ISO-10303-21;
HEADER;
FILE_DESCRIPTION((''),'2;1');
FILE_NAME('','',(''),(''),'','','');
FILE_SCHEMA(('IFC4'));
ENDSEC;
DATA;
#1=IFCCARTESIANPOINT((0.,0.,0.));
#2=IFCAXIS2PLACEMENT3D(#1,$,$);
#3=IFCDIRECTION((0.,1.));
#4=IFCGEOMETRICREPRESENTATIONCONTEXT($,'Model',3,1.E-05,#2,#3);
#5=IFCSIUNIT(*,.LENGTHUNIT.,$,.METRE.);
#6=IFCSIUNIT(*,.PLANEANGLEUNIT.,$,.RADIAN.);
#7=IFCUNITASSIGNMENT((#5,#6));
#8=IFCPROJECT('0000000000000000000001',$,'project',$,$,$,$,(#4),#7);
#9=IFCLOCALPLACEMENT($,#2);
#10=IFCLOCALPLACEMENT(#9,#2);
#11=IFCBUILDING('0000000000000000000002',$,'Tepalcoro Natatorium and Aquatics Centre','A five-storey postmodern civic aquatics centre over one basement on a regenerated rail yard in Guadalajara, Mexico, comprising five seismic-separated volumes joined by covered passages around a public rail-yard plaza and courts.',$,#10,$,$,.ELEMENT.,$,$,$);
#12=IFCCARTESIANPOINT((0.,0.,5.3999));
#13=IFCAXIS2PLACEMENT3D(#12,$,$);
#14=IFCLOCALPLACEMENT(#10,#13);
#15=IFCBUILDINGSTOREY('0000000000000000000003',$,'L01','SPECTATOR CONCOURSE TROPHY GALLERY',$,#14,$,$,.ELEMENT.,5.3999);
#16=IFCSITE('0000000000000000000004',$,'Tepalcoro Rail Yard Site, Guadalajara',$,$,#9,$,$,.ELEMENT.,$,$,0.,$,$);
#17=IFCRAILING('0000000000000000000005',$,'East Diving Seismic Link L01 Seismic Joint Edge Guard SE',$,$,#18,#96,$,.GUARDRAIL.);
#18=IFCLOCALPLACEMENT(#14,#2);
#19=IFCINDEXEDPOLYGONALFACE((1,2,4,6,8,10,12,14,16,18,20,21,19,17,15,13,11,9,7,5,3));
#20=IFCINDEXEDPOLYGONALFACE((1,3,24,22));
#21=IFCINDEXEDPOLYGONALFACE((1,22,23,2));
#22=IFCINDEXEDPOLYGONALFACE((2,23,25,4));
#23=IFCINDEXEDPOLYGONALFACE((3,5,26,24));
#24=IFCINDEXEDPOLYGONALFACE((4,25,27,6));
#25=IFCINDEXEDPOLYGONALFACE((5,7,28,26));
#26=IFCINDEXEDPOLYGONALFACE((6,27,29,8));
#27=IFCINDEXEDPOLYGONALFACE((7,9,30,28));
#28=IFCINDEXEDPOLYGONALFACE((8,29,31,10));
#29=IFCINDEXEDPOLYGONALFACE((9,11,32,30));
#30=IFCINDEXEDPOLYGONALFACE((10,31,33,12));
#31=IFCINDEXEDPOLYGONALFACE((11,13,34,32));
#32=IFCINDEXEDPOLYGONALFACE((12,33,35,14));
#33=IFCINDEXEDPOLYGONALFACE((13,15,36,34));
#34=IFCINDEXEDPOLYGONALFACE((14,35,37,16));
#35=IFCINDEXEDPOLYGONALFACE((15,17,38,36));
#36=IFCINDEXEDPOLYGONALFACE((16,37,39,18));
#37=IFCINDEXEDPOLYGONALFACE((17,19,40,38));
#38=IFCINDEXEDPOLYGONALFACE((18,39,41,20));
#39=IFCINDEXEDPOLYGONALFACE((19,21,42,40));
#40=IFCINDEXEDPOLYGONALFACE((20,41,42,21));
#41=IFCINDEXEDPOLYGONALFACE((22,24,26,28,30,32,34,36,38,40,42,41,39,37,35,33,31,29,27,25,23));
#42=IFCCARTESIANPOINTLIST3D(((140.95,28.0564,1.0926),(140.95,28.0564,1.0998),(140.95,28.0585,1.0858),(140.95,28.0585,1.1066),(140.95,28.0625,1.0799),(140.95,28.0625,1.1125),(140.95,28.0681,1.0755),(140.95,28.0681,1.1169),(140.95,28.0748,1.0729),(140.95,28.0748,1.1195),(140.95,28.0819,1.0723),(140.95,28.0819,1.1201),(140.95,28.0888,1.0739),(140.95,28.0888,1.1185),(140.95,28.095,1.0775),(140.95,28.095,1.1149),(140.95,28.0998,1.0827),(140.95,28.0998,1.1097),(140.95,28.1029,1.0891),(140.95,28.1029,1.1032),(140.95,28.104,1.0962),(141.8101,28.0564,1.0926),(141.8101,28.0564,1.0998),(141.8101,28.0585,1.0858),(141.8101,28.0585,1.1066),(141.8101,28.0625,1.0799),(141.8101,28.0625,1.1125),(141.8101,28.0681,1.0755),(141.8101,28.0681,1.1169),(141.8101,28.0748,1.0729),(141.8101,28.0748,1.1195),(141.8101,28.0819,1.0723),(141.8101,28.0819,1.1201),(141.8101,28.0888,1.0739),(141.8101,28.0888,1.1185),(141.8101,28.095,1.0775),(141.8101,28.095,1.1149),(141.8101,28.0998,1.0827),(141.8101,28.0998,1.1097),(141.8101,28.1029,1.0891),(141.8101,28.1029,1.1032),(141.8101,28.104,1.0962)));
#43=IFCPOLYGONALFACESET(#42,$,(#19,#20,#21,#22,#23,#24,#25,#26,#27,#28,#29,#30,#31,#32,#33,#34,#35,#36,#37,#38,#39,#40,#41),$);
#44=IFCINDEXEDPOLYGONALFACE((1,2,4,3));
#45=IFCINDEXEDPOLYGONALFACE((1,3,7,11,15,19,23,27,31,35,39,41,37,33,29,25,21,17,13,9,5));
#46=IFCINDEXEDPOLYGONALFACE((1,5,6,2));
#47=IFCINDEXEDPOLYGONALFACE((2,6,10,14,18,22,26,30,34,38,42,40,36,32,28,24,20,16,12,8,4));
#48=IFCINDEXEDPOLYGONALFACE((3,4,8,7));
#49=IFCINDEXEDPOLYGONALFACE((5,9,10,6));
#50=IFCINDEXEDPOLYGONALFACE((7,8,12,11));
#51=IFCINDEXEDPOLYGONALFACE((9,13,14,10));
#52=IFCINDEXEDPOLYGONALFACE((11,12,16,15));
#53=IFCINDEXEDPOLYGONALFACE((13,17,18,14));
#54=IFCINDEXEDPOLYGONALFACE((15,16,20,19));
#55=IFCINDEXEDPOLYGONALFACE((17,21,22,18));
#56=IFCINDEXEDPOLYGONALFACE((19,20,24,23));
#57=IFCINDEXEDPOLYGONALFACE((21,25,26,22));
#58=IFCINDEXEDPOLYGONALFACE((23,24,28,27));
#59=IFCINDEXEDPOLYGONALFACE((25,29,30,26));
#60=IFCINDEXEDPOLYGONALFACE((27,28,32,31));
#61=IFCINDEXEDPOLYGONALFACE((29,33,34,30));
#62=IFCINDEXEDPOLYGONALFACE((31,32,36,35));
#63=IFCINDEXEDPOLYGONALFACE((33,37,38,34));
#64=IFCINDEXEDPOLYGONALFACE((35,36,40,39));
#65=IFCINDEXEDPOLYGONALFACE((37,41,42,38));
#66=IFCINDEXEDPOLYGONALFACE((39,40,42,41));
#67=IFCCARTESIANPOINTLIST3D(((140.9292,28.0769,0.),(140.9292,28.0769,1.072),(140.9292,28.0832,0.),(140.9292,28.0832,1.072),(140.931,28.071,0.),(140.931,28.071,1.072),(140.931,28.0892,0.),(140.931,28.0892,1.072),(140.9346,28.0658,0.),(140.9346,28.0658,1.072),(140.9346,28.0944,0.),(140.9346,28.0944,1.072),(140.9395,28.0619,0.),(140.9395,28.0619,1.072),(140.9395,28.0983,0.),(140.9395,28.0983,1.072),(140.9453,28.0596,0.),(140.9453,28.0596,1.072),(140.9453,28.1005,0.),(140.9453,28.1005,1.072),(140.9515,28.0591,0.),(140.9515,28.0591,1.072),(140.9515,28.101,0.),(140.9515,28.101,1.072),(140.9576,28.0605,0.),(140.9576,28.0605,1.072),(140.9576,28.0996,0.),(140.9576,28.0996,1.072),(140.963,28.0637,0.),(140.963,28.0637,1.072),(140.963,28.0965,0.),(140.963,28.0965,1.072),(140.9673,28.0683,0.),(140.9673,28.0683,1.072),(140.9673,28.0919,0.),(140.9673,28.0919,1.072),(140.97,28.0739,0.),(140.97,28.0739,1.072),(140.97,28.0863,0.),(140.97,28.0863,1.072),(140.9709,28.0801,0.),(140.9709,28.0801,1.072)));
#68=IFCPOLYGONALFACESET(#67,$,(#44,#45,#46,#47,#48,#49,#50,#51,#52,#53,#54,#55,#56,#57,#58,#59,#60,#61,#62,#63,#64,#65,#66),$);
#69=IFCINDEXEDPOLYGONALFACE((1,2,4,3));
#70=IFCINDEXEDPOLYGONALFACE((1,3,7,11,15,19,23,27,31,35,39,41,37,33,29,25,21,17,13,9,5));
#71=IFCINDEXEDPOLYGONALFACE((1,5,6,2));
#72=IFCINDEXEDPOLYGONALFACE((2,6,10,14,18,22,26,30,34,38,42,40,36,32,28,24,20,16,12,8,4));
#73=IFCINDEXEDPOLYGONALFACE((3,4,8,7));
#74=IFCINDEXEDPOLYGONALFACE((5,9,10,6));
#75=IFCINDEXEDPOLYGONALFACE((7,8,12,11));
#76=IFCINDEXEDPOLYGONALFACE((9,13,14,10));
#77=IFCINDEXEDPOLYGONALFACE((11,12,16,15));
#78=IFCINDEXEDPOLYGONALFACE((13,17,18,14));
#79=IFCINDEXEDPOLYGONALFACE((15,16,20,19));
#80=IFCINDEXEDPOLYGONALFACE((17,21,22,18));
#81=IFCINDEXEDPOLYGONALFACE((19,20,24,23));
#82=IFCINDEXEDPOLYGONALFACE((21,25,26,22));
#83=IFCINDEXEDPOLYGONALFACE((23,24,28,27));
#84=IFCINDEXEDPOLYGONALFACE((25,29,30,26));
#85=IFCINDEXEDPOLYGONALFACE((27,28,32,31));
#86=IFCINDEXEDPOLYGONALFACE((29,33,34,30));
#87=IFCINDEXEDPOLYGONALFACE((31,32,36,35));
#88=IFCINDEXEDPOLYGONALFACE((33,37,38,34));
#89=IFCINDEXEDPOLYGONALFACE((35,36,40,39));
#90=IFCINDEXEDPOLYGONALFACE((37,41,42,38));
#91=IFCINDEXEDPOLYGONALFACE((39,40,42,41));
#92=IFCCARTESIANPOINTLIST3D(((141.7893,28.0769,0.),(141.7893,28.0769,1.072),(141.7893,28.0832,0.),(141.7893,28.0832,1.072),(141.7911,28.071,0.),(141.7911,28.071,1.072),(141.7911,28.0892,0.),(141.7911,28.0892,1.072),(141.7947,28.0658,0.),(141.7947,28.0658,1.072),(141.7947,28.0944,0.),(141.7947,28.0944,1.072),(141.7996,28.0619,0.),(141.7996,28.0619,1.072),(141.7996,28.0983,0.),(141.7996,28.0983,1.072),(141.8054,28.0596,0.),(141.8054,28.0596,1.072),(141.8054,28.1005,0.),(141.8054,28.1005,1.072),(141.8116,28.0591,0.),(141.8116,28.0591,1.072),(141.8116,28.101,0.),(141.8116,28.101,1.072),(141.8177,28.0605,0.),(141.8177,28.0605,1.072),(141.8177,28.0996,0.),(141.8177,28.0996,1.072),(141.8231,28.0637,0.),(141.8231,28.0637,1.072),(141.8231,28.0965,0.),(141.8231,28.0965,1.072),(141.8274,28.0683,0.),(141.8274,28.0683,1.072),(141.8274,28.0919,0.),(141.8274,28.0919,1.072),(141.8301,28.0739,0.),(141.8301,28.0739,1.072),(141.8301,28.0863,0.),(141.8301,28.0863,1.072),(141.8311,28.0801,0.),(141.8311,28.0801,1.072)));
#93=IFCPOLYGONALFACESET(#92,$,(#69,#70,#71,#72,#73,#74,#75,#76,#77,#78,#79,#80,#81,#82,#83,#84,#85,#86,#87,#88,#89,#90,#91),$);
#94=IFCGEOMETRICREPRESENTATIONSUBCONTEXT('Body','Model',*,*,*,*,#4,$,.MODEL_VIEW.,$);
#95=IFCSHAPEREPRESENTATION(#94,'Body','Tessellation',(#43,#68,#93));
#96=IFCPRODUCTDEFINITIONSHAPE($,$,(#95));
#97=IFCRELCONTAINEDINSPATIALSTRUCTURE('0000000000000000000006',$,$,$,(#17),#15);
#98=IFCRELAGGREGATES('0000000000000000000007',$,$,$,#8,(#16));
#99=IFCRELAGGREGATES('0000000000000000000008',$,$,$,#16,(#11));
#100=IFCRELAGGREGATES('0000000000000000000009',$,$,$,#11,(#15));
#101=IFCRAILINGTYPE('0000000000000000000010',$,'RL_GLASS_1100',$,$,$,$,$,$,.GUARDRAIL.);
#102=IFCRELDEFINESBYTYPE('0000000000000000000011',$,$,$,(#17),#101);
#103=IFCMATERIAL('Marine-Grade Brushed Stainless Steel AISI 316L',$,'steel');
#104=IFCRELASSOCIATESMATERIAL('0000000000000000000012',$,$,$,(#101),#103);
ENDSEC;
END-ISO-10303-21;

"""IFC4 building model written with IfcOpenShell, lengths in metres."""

from ifc_helpers import new_model, si_unit, direction, frame, origin, origin_2d, place, context, subcontext, project, spatial, circle, extrude, material, type_object, element, save


model = new_model("IFC4")

# Units and contexts
model_context = context("Model", 3, precision=1e-05, world=origin(), true_north=direction((0.0, 1.0)))
body_context = subcontext(model_context, "Body", "Model", "MODEL_VIEW")
ifc_project = project(units=[si_unit("LENGTHUNIT", "METRE"), si_unit("PLANEANGLEUNIT", "RADIAN")], contexts=[model_context])

# Site, building, storey
site_placement = place(None, origin())
site = spatial("IfcSite", under=ifc_project, at=site_placement, Name="Tepalcoro Rail Yard Site, Guadalajara", CompositionType="ELEMENT", RefElevation=0.0)
building_placement = place(site_placement, origin())
building = spatial("IfcBuilding", under=site, at=building_placement, Name="Tepalcoro Natatorium and Aquatics Centre", Description="A five-storey postmodern civic aquatics centre over one basement on a regenerated rail yard in Guadalajara, Mexico, comprising five seismic-separated volumes joined by covered passages around a public rail-yard plaza and courts.", CompositionType="ELEMENT")
storey_placement = place(building_placement, frame((0.0, 0.0, 5.3999)))
storey = spatial("IfcBuildingStorey", under=building, at=storey_placement, Name="L01", Description="SPECTATOR CONCOURSE TROPHY GALLERY", CompositionType="ELEMENT", Elevation=5.3999)

# Railing
ifc_material_1 = material(Name="Marine-Grade Brushed Stainless Steel AISI 316L", Category="steel")
railing_type = type_object("IfcRailingType", Name="RL_GLASS_1100", PredefinedType="GUARDRAIL", material=ifc_material_1)
railing_1_placement = place(storey_placement, frame((140.95, 28.0801, 0.0)))
element("IfcRailing", 1, at=railing_1_placement, inside=storey, type_object=railing_type, Name="East Diving Seismic Link L01 Seismic Joint Edge Guard SE", PredefinedType="GUARDRAIL", context=body_context, shape_type="SweptSolid", body=[
    extrude(circle(Radius=0.0239, at=origin_2d()), frame((0.0, 0.0, 1.0962), z_axis=(1.0, 0.0, 0.0), x_axis=(0.0, 1.0, 0.0)), (0.0, 0.0, 1.0), 0.8601),
    extrude(circle(Radius=0.021, at=origin_2d()), origin(), (0.0, 0.0, 1.0), 1.072),
    extrude(circle(Radius=0.021, at=origin_2d()), frame((0.8601, 0.0, 0.0)), (0.0, 0.0, 1.0), 1.072),
])

save(model, "model.ifc")
